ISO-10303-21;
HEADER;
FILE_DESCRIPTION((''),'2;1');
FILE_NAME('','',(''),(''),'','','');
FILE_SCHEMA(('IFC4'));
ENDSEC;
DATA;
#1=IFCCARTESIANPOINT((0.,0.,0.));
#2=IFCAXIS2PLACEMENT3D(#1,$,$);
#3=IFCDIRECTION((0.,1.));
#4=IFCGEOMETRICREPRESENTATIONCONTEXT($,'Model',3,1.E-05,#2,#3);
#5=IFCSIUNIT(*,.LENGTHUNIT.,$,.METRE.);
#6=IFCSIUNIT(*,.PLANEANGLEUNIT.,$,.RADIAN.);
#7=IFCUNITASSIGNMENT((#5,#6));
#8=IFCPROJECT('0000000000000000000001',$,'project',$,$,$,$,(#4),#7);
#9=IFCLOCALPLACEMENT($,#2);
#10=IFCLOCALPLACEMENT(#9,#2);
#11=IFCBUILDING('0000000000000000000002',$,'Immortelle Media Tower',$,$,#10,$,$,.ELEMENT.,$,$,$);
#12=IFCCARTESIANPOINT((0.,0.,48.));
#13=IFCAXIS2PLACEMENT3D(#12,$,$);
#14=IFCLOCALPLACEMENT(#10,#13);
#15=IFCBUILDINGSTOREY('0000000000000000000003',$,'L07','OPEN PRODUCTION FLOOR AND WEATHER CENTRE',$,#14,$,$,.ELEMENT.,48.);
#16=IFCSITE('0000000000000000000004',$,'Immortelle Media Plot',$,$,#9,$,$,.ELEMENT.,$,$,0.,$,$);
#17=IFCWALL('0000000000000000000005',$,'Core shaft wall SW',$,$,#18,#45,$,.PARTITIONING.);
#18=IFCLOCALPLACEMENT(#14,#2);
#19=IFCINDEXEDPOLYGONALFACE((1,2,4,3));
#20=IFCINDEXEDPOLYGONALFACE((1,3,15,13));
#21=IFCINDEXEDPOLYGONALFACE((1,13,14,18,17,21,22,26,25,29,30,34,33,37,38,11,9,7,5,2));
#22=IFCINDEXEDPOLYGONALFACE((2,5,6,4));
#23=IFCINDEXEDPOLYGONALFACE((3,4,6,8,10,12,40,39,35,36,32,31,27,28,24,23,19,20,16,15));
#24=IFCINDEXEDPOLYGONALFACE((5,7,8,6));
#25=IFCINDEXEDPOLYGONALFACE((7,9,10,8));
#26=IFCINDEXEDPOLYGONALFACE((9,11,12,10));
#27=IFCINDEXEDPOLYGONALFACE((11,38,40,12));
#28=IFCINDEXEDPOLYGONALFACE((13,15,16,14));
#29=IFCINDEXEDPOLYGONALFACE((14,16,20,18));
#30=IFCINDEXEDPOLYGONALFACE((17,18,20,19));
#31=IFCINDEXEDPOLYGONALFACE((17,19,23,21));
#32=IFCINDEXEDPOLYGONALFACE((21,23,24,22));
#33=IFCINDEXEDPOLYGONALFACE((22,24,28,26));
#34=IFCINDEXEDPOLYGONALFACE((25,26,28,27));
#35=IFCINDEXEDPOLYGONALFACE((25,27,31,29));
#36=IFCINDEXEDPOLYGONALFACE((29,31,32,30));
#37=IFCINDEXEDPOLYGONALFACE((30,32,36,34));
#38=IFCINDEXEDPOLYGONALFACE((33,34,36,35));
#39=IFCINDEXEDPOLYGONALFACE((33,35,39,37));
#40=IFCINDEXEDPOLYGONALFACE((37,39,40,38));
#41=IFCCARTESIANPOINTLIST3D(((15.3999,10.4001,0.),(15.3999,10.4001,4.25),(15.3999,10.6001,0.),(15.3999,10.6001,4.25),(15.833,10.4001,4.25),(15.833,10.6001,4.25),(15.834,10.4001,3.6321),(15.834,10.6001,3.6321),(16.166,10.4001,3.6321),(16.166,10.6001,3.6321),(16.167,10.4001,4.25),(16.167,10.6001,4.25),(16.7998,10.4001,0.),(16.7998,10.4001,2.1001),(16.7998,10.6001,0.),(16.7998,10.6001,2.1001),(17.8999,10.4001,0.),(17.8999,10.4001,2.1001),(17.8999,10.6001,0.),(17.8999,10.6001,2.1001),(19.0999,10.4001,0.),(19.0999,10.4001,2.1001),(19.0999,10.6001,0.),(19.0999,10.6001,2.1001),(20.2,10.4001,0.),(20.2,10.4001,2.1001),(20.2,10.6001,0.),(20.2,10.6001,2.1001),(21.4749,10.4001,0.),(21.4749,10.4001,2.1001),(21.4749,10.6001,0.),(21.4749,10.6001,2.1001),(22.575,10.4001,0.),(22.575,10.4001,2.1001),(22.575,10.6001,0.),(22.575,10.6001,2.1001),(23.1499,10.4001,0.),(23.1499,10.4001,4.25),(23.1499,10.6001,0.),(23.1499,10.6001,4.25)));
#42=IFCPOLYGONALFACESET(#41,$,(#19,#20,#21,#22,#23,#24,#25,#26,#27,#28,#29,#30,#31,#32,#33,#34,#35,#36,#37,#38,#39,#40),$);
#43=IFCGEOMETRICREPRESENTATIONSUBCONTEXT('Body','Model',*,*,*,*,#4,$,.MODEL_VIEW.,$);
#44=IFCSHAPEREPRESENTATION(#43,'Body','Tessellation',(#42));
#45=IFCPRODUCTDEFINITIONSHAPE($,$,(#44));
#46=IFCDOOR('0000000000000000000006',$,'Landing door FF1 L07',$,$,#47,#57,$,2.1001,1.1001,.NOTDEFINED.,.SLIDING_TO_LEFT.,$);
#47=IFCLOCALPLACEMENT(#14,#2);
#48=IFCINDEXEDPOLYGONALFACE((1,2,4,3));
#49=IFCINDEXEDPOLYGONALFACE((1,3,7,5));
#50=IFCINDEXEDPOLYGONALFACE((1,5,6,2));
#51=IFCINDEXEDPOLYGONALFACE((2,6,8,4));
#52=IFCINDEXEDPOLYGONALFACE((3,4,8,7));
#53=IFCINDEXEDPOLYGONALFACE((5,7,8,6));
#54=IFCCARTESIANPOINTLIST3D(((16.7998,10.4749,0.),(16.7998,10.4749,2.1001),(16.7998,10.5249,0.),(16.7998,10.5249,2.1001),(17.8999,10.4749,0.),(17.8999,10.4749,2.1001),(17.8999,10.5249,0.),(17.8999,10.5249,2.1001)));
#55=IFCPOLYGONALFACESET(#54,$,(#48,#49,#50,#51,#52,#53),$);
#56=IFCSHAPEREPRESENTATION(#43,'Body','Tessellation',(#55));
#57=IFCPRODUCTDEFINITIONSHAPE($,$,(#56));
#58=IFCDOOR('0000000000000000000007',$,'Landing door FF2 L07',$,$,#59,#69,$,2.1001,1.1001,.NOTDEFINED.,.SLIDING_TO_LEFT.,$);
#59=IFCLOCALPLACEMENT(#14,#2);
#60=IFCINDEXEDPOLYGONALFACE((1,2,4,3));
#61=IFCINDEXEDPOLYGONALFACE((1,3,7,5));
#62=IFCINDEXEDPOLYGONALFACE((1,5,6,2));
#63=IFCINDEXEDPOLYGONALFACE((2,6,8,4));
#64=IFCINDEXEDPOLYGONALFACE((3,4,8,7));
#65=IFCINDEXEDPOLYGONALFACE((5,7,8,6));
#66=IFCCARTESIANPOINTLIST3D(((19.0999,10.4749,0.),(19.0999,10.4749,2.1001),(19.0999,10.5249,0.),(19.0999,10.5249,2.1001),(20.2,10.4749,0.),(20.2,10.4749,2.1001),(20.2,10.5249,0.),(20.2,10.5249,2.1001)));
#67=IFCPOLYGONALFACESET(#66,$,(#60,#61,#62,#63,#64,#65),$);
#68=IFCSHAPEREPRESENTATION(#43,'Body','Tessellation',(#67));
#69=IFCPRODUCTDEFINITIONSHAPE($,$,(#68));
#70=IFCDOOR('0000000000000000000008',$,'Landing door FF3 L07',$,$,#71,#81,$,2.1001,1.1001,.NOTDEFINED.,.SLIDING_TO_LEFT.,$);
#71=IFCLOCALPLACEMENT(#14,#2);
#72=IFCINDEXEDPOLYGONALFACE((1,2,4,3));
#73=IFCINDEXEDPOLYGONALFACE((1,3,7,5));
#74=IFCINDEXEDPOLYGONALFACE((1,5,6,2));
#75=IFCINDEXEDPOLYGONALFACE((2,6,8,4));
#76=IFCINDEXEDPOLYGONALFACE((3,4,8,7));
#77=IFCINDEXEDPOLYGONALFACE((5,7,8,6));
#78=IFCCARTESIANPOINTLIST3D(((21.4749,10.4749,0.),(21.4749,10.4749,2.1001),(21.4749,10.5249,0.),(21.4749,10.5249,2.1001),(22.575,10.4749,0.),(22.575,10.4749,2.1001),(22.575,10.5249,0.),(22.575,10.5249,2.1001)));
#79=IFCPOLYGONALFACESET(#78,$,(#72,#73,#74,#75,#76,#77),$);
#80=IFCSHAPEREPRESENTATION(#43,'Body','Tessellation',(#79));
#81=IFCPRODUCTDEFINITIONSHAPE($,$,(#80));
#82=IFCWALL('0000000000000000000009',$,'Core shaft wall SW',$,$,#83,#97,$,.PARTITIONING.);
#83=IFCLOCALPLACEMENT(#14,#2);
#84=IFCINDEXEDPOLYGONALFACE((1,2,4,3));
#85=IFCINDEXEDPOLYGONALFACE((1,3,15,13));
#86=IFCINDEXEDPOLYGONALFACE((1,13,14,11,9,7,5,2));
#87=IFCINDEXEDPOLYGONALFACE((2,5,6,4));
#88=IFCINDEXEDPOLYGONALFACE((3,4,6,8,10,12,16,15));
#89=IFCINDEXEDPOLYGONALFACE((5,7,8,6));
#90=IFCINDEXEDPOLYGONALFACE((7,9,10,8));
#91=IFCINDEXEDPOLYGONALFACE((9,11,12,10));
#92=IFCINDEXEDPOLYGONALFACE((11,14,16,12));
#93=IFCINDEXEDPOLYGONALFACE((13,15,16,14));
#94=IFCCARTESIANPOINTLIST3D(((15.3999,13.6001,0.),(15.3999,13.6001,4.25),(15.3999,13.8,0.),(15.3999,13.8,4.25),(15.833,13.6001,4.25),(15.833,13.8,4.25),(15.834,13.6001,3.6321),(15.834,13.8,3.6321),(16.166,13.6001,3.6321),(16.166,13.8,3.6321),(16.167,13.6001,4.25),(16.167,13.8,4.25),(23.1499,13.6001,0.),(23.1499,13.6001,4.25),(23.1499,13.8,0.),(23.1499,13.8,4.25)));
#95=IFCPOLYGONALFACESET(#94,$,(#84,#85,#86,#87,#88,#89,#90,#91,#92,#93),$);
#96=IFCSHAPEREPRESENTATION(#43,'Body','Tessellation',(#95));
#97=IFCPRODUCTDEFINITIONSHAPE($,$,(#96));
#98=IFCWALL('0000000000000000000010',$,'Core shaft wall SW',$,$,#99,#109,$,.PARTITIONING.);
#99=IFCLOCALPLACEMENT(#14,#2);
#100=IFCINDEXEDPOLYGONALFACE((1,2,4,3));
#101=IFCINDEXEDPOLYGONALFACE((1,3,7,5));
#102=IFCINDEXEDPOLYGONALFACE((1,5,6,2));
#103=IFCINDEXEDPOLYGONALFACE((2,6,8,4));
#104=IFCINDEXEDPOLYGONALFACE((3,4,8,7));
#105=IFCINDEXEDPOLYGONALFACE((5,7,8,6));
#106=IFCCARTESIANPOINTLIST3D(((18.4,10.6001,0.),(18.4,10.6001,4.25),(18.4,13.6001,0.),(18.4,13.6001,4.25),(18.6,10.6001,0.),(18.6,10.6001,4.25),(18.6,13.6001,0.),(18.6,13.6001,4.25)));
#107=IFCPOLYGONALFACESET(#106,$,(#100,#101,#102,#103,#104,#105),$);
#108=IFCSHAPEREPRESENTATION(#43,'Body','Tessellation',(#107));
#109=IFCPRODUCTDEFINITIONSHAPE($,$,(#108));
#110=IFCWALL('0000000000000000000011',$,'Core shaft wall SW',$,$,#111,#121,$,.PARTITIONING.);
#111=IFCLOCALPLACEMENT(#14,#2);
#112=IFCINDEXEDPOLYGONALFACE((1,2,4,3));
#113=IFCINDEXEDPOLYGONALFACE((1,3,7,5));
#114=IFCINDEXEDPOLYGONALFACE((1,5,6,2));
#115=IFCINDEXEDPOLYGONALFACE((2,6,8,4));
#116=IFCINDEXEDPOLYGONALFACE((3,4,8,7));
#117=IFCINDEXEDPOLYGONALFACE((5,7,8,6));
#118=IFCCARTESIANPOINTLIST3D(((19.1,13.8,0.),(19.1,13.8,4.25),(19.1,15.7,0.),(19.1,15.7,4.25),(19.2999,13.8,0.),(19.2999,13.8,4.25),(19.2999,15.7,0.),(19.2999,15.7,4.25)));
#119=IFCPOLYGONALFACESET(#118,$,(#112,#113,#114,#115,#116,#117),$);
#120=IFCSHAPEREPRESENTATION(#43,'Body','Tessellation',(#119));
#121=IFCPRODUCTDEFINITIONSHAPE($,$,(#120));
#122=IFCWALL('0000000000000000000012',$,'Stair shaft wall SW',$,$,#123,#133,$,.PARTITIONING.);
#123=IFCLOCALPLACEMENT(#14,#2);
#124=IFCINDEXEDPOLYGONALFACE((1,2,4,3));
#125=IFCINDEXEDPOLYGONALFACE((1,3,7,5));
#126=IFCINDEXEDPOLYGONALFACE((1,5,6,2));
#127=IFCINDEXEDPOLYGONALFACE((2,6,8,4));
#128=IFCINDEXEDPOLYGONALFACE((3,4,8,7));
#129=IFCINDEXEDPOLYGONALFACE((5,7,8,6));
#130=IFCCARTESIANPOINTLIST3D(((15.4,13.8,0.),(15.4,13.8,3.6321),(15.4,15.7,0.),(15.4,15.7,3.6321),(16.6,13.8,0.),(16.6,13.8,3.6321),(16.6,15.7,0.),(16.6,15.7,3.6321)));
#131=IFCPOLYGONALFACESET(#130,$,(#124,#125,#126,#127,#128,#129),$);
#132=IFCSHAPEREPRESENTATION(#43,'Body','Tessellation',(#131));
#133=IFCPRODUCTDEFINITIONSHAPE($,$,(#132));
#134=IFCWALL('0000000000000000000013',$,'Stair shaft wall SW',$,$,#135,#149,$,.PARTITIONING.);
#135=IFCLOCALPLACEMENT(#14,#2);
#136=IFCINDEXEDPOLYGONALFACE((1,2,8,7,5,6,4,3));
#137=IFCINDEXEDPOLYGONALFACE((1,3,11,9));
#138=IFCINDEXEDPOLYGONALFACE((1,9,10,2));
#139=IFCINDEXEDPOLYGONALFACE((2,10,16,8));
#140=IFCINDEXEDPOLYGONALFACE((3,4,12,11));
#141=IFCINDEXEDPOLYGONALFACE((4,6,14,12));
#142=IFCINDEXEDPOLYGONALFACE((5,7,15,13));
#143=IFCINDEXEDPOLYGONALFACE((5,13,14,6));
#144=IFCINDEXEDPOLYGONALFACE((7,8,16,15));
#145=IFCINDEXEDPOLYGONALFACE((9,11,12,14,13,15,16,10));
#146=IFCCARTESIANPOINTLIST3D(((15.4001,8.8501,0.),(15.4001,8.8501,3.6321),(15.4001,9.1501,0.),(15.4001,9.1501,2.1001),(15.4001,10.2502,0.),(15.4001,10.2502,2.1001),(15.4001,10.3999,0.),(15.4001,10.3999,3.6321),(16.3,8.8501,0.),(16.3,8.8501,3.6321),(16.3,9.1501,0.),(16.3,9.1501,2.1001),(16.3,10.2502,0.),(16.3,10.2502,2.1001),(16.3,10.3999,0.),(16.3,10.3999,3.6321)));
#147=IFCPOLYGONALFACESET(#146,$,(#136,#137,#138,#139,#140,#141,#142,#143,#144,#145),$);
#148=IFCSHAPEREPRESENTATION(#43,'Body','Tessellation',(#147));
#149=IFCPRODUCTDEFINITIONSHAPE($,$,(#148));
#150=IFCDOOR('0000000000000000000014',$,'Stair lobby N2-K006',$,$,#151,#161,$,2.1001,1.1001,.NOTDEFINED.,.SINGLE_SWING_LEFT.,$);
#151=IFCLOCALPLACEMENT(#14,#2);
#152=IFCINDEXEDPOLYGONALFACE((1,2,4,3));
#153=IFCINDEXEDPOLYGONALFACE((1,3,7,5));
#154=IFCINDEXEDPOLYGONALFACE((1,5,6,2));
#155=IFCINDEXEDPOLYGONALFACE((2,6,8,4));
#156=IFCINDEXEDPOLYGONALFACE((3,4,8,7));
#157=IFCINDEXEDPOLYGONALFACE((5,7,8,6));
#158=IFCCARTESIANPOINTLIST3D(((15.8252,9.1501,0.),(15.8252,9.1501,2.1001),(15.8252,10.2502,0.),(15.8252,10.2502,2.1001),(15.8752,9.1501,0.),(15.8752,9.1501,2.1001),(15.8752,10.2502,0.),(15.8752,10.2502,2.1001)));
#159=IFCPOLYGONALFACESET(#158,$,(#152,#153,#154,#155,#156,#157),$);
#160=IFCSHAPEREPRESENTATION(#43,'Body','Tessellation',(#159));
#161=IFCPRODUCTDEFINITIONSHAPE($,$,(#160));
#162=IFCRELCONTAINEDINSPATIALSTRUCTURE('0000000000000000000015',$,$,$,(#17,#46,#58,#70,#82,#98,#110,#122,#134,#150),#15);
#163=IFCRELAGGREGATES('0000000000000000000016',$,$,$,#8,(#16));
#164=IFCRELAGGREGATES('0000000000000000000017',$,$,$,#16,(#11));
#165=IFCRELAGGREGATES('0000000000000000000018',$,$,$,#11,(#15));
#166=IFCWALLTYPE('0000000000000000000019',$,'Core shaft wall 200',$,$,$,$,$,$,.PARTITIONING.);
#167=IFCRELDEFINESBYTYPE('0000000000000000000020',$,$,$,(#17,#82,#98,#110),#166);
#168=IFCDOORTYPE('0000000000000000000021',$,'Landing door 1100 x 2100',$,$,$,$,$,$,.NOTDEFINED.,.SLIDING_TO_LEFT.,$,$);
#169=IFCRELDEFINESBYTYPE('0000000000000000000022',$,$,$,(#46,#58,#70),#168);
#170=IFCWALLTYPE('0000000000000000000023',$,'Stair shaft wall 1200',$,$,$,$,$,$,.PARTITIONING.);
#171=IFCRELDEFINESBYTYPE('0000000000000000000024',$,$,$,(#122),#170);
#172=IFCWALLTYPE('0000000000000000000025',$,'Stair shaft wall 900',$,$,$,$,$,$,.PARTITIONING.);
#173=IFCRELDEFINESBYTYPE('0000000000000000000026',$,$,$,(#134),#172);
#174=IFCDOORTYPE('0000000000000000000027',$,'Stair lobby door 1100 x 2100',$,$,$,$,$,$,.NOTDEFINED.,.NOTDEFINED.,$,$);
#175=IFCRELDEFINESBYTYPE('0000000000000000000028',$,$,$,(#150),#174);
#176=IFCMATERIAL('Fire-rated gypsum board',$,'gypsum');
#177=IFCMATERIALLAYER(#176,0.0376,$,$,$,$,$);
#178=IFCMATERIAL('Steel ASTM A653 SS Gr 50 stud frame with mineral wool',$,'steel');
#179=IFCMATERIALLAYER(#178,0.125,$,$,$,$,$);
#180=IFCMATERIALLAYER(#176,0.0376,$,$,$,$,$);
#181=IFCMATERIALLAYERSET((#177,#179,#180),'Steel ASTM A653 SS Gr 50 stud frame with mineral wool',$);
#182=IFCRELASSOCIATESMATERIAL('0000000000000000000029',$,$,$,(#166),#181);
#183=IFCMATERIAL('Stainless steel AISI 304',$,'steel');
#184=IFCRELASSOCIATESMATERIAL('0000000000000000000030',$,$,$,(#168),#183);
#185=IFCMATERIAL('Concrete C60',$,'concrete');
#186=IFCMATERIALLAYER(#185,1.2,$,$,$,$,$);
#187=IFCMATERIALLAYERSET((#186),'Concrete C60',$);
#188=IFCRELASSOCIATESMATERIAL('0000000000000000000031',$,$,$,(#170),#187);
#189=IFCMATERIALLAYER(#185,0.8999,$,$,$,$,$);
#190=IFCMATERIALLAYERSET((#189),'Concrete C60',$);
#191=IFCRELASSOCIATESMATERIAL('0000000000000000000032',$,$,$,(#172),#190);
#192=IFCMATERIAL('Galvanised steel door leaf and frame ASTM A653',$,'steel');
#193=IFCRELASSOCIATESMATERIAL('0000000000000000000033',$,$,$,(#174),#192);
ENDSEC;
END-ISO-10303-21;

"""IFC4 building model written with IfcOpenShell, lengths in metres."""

from ifc_helpers import new_model, si_unit, direction, frame, frame_2d, origin, place, context, subcontext, project, spatial, polyline, rectangle, outline, extrude, material, layer, layer_set, type_object, element, fill, save


model = new_model("IFC4")

# Units and contexts
model_context = context("Model", 3, precision=1e-05, world=origin(), true_north=direction((0.0, 1.0)))
body_context = subcontext(model_context, "Body", "Model", "MODEL_VIEW")
ifc_project = project(units=[si_unit("LENGTHUNIT", "METRE"), si_unit("PLANEANGLEUNIT", "RADIAN")], contexts=[model_context])

# Site, building, storey
site_placement = place(None, origin())
site = spatial("IfcSite", under=ifc_project, at=site_placement, Name="Immortelle Media Plot", CompositionType="ELEMENT", RefElevation=0.0)
building_placement = place(site_placement, origin())
building = spatial("IfcBuilding", under=site, at=building_placement, Name="Immortelle Media Tower", CompositionType="ELEMENT")
storey_placement = place(building_placement, frame((0.0, 0.0, 48.0)))
storey = spatial("IfcBuildingStorey", under=building, at=storey_placement, Name="L07", Description="OPEN PRODUCTION FLOOR AND WEATHER CENTRE", CompositionType="ELEMENT", Elevation=48.0)

# Wall, openings, doors
ifc_material_1 = material(Name="Fire-rated gypsum board", Category="gypsum")
ifc_layer_1 = layer(ifc_material_1, 0.0376)
ifc_material_2 = material(Name="Steel ASTM A653 SS Gr 50 stud frame with mineral wool", Category="steel")
ifc_layer_2 = layer(ifc_material_2, 0.125)
ifc_layer_3 = layer(ifc_material_1, 0.0376)
ifc_layer_set_1 = layer_set([ifc_layer_1, ifc_layer_2, ifc_layer_3], Name="Steel ASTM A653 SS Gr 50 stud frame with mineral wool")
wall_type_1 = type_object("IfcWallType", Name="Core shaft wall 200", PredefinedType="PARTITIONING", material=ifc_layer_set_1)
wall_1_placement = place(storey_placement, frame((15.3999, 10.5, 0.0), z_axis=(0.0, 0.0, 1.0), x_axis=(1.0, 0.0, 0.0)))
wall_1 = element("IfcWall", 1, at=wall_1_placement, inside=storey, type_object=wall_type_1, Name="Core shaft wall SW", PredefinedType="PARTITIONING", context=body_context, shape_type="SweptSolid", body=[
    extrude(outline(polyline([(0.0, 0.0), (7.75, 0.0), (7.75, 4.25), (0.7671, 4.25), (0.7661, 3.6321), (0.4341, 3.6321), (0.4331, 4.25), (0.0, 4.25), (0.0, 0.0)])), frame((0.0, 0.1001, 0.0), z_axis=(0.0, -1.0, 0.0), x_axis=(1.0, 0.0, 0.0)), (0.0, 0.0, 1.0), 0.2),
])
opening_1_placement = place(wall_1_placement, frame((1.3999, 0.0, 0.0)))
opening_1 = element("IfcOpeningElement", 2, at=opening_1_placement, cuts=wall_1, PredefinedType="OPENING", context=body_context, shape_type="SweptSolid", body=[
    extrude(rectangle(XDim=1.1001, YDim=2.1001, at=frame_2d((0.55, 1.05))), frame((0.0, 0.1099, 0.0), z_axis=(0.0, -1.0, 0.0), x_axis=(1.0, 0.0, 0.0)), (0.0, 0.0, 1.0), 0.22),
])
opening_2_placement = place(wall_1_placement, frame((3.7, 0.0, 0.0)))
opening_2 = element("IfcOpeningElement", 3, at=opening_2_placement, cuts=wall_1, PredefinedType="OPENING", context=body_context, shape_type="SweptSolid", body=[
    extrude(rectangle(XDim=1.1001, YDim=2.1001, at=frame_2d((0.55, 1.05))), frame((0.0, 0.1099, 0.0), z_axis=(0.0, -1.0, 0.0), x_axis=(1.0, 0.0, 0.0)), (0.0, 0.0, 1.0), 0.22),
])
opening_3_placement = place(wall_1_placement, frame((6.075, 0.0, 0.0)))
opening_3 = element("IfcOpeningElement", 4, at=opening_3_placement, cuts=wall_1, PredefinedType="OPENING", context=body_context, shape_type="SweptSolid", body=[
    extrude(rectangle(XDim=1.1001, YDim=2.1001, at=frame_2d((0.55, 1.05))), frame((0.0, 0.1099, 0.0), z_axis=(0.0, -1.0, 0.0), x_axis=(1.0, 0.0, 0.0)), (0.0, 0.0, 1.0), 0.22),
])
ifc_material_3 = material(Name="Stainless steel AISI 304", Category="steel")
door_type_1 = type_object("IfcDoorType", Name="Landing door 1100 x 2100", OperationType="SLIDING_TO_LEFT", PredefinedType="NOTDEFINED", material=ifc_material_3)
door_1_placement = place(opening_1_placement, origin())
door_1 = element("IfcDoor", 5, at=door_1_placement, inside=storey, type_object=door_type_1, Name="Landing door FF1 L07", OperationType="SLIDING_TO_LEFT", OverallHeight=2.1001, OverallWidth=1.1001, PredefinedType="NOTDEFINED", context=body_context, shape_type="SweptSolid", body=[
    extrude(rectangle(XDim=1.1001, YDim=2.1001, at=frame_2d((0.55, 1.05))), frame((0.0, 0.0249, 0.0), z_axis=(0.0, -1.0, 0.0), x_axis=(1.0, 0.0, 0.0)), (0.0, 0.0, 1.0), 0.05),
])
fill(opening_1, door_1)
door_2_placement = place(opening_2_placement, origin())
door_2 = element("IfcDoor", 6, at=door_2_placement, inside=storey, type_object=door_type_1, Name="Landing door FF2 L07", OperationType="SLIDING_TO_LEFT", OverallHeight=2.1001, OverallWidth=1.1001, PredefinedType="NOTDEFINED", context=body_context, shape_type="SweptSolid", body=[
    extrude(rectangle(XDim=1.1001, YDim=2.1001, at=frame_2d((0.55, 1.05))), frame((0.0, 0.0249, 0.0), z_axis=(0.0, -1.0, 0.0), x_axis=(1.0, 0.0, 0.0)), (0.0, 0.0, 1.0), 0.05),
])
fill(opening_2, door_2)
door_3_placement = place(opening_3_placement, origin())
door_3 = element("IfcDoor", 7, at=door_3_placement, inside=storey, type_object=door_type_1, Name="Landing door FF3 L07", OperationType="SLIDING_TO_LEFT", OverallHeight=2.1001, OverallWidth=1.1001, PredefinedType="NOTDEFINED", context=body_context, shape_type="SweptSolid", body=[
    extrude(rectangle(XDim=1.1001, YDim=2.1001, at=frame_2d((0.55, 1.05))), frame((0.0, 0.0249, 0.0), z_axis=(0.0, -1.0, 0.0), x_axis=(1.0, 0.0, 0.0)), (0.0, 0.0, 1.0), 0.05),
])
fill(opening_3, door_3)

# Walls
wall_2_placement = place(storey_placement, frame((15.3999, 13.7, 0.0), z_axis=(0.0, 0.0, 1.0), x_axis=(1.0, 0.0, 0.0)))
element("IfcWall", 8, at=wall_2_placement, inside=storey, type_object=wall_type_1, Name="Core shaft wall SW", PredefinedType="PARTITIONING", context=body_context, shape_type="SweptSolid", body=[
    extrude(outline(polyline([(0.0, 0.0), (7.75, 0.0), (7.75, 4.25), (0.7671, 4.25), (0.7661, 3.6321), (0.4341, 3.6321), (0.4331, 4.25), (0.0, 4.25), (0.0, 0.0)])), frame((0.0, 0.1001, 0.0), z_axis=(0.0, -1.0, 0.0), x_axis=(1.0, 0.0, 0.0)), (0.0, 0.0, 1.0), 0.2),
])
wall_3_placement = place(storey_placement, frame((18.5, 10.6001, 0.0), z_axis=(0.0, 0.0, 1.0), x_axis=(0.0, 1.0, 0.0)))
element("IfcWall", 9, at=wall_3_placement, inside=storey, type_object=wall_type_1, Name="Core shaft wall SW", PredefinedType="PARTITIONING", context=body_context, shape_type="SweptSolid", body=[
    extrude(rectangle(XDim=3.0, YDim=0.2, at=frame_2d((1.5, 0.0))), origin(), (0.0, 0.0, 1.0), 4.25),
])
wall_4_placement = place(storey_placement, frame((19.2, 13.8, 0.0), z_axis=(0.0, 0.0, 1.0), x_axis=(0.0, 1.0, 0.0)))
element("IfcWall", 10, at=wall_4_placement, inside=storey, type_object=wall_type_1, Name="Core shaft wall SW", PredefinedType="PARTITIONING", context=body_context, shape_type="SweptSolid", body=[
    extrude(rectangle(XDim=1.8999, YDim=0.2, at=frame_2d((0.95, 0.0))), origin(), (0.0, 0.0, 1.0), 4.25),
])
ifc_material_4 = material(Name="Concrete C60", Category="concrete")
ifc_layer_4 = layer(ifc_material_4, 1.2)
ifc_layer_set_2 = layer_set([ifc_layer_4], Name="Concrete C60")
wall_type_2 = type_object("IfcWallType", Name="Stair shaft wall 1200", PredefinedType="PARTITIONING", material=ifc_layer_set_2)
wall_5_placement = place(storey_placement, frame((16.0, 13.8, 0.0), z_axis=(0.0, 0.0, 1.0), x_axis=(0.0, 1.0, 0.0)))
element("IfcWall", 11, at=wall_5_placement, inside=storey, type_object=wall_type_2, Name="Stair shaft wall SW", PredefinedType="PARTITIONING", context=body_context, shape_type="SweptSolid", body=[
    extrude(rectangle(XDim=1.8999, YDim=1.2, at=frame_2d((0.95, 0.0))), origin(), (0.0, 0.0, 1.0), 3.6321),
])

# Wall, opening, door
ifc_layer_5 = layer(ifc_material_4, 0.8999)
ifc_layer_set_3 = layer_set([ifc_layer_5], Name="Concrete C60")
wall_type_3 = type_object("IfcWallType", Name="Stair shaft wall 900", PredefinedType="PARTITIONING", material=ifc_layer_set_3)
wall_6_placement = place(storey_placement, frame((15.8501, 8.8501, 0.0), z_axis=(0.0, 0.0, 1.0), x_axis=(0.0, 1.0, 0.0)))
wall_6 = element("IfcWall", 12, at=wall_6_placement, inside=storey, type_object=wall_type_3, Name="Stair shaft wall SW", PredefinedType="PARTITIONING", context=body_context, shape_type="SweptSolid", body=[
    extrude(rectangle(XDim=1.5498, YDim=0.8999, at=frame_2d((0.7749, 0.0))), origin(), (0.0, 0.0, 1.0), 3.6321),
])
opening_4_placement = place(wall_6_placement, frame((0.3, 0.0, 0.0)))
opening_4 = element("IfcOpeningElement", 13, at=opening_4_placement, cuts=wall_6, PredefinedType="OPENING", context=body_context, shape_type="SweptSolid", body=[
    extrude(rectangle(XDim=1.1001, YDim=2.1001, at=frame_2d((0.55, 1.05))), frame((0.0, 0.46, 0.0), z_axis=(0.0, -1.0, 0.0), x_axis=(1.0, 0.0, 0.0)), (0.0, 0.0, 1.0), 0.9199),
])
ifc_material_5 = material(Name="Galvanised steel door leaf and frame ASTM A653", Category="steel")
door_type_2 = type_object("IfcDoorType", Name="Stair lobby door 1100 x 2100", OperationType="NOTDEFINED", PredefinedType="NOTDEFINED", material=ifc_material_5)
door_4_placement = place(opening_4_placement, origin())
door_4 = element("IfcDoor", 14, at=door_4_placement, inside=storey, type_object=door_type_2, Name="Stair lobby N2-K006", OperationType="SINGLE_SWING_LEFT", OverallHeight=2.1001, OverallWidth=1.1001, PredefinedType="NOTDEFINED", context=body_context, shape_type="SweptSolid", body=[
    extrude(rectangle(XDim=1.1001, YDim=2.1001, at=frame_2d((0.55, 1.05))), frame((0.0, 0.0249, 0.0), z_axis=(0.0, -1.0, 0.0), x_axis=(1.0, 0.0, 0.0)), (0.0, 0.0, 1.0), 0.05),
])
fill(opening_4, door_4)

save(model, "model.ifc")
